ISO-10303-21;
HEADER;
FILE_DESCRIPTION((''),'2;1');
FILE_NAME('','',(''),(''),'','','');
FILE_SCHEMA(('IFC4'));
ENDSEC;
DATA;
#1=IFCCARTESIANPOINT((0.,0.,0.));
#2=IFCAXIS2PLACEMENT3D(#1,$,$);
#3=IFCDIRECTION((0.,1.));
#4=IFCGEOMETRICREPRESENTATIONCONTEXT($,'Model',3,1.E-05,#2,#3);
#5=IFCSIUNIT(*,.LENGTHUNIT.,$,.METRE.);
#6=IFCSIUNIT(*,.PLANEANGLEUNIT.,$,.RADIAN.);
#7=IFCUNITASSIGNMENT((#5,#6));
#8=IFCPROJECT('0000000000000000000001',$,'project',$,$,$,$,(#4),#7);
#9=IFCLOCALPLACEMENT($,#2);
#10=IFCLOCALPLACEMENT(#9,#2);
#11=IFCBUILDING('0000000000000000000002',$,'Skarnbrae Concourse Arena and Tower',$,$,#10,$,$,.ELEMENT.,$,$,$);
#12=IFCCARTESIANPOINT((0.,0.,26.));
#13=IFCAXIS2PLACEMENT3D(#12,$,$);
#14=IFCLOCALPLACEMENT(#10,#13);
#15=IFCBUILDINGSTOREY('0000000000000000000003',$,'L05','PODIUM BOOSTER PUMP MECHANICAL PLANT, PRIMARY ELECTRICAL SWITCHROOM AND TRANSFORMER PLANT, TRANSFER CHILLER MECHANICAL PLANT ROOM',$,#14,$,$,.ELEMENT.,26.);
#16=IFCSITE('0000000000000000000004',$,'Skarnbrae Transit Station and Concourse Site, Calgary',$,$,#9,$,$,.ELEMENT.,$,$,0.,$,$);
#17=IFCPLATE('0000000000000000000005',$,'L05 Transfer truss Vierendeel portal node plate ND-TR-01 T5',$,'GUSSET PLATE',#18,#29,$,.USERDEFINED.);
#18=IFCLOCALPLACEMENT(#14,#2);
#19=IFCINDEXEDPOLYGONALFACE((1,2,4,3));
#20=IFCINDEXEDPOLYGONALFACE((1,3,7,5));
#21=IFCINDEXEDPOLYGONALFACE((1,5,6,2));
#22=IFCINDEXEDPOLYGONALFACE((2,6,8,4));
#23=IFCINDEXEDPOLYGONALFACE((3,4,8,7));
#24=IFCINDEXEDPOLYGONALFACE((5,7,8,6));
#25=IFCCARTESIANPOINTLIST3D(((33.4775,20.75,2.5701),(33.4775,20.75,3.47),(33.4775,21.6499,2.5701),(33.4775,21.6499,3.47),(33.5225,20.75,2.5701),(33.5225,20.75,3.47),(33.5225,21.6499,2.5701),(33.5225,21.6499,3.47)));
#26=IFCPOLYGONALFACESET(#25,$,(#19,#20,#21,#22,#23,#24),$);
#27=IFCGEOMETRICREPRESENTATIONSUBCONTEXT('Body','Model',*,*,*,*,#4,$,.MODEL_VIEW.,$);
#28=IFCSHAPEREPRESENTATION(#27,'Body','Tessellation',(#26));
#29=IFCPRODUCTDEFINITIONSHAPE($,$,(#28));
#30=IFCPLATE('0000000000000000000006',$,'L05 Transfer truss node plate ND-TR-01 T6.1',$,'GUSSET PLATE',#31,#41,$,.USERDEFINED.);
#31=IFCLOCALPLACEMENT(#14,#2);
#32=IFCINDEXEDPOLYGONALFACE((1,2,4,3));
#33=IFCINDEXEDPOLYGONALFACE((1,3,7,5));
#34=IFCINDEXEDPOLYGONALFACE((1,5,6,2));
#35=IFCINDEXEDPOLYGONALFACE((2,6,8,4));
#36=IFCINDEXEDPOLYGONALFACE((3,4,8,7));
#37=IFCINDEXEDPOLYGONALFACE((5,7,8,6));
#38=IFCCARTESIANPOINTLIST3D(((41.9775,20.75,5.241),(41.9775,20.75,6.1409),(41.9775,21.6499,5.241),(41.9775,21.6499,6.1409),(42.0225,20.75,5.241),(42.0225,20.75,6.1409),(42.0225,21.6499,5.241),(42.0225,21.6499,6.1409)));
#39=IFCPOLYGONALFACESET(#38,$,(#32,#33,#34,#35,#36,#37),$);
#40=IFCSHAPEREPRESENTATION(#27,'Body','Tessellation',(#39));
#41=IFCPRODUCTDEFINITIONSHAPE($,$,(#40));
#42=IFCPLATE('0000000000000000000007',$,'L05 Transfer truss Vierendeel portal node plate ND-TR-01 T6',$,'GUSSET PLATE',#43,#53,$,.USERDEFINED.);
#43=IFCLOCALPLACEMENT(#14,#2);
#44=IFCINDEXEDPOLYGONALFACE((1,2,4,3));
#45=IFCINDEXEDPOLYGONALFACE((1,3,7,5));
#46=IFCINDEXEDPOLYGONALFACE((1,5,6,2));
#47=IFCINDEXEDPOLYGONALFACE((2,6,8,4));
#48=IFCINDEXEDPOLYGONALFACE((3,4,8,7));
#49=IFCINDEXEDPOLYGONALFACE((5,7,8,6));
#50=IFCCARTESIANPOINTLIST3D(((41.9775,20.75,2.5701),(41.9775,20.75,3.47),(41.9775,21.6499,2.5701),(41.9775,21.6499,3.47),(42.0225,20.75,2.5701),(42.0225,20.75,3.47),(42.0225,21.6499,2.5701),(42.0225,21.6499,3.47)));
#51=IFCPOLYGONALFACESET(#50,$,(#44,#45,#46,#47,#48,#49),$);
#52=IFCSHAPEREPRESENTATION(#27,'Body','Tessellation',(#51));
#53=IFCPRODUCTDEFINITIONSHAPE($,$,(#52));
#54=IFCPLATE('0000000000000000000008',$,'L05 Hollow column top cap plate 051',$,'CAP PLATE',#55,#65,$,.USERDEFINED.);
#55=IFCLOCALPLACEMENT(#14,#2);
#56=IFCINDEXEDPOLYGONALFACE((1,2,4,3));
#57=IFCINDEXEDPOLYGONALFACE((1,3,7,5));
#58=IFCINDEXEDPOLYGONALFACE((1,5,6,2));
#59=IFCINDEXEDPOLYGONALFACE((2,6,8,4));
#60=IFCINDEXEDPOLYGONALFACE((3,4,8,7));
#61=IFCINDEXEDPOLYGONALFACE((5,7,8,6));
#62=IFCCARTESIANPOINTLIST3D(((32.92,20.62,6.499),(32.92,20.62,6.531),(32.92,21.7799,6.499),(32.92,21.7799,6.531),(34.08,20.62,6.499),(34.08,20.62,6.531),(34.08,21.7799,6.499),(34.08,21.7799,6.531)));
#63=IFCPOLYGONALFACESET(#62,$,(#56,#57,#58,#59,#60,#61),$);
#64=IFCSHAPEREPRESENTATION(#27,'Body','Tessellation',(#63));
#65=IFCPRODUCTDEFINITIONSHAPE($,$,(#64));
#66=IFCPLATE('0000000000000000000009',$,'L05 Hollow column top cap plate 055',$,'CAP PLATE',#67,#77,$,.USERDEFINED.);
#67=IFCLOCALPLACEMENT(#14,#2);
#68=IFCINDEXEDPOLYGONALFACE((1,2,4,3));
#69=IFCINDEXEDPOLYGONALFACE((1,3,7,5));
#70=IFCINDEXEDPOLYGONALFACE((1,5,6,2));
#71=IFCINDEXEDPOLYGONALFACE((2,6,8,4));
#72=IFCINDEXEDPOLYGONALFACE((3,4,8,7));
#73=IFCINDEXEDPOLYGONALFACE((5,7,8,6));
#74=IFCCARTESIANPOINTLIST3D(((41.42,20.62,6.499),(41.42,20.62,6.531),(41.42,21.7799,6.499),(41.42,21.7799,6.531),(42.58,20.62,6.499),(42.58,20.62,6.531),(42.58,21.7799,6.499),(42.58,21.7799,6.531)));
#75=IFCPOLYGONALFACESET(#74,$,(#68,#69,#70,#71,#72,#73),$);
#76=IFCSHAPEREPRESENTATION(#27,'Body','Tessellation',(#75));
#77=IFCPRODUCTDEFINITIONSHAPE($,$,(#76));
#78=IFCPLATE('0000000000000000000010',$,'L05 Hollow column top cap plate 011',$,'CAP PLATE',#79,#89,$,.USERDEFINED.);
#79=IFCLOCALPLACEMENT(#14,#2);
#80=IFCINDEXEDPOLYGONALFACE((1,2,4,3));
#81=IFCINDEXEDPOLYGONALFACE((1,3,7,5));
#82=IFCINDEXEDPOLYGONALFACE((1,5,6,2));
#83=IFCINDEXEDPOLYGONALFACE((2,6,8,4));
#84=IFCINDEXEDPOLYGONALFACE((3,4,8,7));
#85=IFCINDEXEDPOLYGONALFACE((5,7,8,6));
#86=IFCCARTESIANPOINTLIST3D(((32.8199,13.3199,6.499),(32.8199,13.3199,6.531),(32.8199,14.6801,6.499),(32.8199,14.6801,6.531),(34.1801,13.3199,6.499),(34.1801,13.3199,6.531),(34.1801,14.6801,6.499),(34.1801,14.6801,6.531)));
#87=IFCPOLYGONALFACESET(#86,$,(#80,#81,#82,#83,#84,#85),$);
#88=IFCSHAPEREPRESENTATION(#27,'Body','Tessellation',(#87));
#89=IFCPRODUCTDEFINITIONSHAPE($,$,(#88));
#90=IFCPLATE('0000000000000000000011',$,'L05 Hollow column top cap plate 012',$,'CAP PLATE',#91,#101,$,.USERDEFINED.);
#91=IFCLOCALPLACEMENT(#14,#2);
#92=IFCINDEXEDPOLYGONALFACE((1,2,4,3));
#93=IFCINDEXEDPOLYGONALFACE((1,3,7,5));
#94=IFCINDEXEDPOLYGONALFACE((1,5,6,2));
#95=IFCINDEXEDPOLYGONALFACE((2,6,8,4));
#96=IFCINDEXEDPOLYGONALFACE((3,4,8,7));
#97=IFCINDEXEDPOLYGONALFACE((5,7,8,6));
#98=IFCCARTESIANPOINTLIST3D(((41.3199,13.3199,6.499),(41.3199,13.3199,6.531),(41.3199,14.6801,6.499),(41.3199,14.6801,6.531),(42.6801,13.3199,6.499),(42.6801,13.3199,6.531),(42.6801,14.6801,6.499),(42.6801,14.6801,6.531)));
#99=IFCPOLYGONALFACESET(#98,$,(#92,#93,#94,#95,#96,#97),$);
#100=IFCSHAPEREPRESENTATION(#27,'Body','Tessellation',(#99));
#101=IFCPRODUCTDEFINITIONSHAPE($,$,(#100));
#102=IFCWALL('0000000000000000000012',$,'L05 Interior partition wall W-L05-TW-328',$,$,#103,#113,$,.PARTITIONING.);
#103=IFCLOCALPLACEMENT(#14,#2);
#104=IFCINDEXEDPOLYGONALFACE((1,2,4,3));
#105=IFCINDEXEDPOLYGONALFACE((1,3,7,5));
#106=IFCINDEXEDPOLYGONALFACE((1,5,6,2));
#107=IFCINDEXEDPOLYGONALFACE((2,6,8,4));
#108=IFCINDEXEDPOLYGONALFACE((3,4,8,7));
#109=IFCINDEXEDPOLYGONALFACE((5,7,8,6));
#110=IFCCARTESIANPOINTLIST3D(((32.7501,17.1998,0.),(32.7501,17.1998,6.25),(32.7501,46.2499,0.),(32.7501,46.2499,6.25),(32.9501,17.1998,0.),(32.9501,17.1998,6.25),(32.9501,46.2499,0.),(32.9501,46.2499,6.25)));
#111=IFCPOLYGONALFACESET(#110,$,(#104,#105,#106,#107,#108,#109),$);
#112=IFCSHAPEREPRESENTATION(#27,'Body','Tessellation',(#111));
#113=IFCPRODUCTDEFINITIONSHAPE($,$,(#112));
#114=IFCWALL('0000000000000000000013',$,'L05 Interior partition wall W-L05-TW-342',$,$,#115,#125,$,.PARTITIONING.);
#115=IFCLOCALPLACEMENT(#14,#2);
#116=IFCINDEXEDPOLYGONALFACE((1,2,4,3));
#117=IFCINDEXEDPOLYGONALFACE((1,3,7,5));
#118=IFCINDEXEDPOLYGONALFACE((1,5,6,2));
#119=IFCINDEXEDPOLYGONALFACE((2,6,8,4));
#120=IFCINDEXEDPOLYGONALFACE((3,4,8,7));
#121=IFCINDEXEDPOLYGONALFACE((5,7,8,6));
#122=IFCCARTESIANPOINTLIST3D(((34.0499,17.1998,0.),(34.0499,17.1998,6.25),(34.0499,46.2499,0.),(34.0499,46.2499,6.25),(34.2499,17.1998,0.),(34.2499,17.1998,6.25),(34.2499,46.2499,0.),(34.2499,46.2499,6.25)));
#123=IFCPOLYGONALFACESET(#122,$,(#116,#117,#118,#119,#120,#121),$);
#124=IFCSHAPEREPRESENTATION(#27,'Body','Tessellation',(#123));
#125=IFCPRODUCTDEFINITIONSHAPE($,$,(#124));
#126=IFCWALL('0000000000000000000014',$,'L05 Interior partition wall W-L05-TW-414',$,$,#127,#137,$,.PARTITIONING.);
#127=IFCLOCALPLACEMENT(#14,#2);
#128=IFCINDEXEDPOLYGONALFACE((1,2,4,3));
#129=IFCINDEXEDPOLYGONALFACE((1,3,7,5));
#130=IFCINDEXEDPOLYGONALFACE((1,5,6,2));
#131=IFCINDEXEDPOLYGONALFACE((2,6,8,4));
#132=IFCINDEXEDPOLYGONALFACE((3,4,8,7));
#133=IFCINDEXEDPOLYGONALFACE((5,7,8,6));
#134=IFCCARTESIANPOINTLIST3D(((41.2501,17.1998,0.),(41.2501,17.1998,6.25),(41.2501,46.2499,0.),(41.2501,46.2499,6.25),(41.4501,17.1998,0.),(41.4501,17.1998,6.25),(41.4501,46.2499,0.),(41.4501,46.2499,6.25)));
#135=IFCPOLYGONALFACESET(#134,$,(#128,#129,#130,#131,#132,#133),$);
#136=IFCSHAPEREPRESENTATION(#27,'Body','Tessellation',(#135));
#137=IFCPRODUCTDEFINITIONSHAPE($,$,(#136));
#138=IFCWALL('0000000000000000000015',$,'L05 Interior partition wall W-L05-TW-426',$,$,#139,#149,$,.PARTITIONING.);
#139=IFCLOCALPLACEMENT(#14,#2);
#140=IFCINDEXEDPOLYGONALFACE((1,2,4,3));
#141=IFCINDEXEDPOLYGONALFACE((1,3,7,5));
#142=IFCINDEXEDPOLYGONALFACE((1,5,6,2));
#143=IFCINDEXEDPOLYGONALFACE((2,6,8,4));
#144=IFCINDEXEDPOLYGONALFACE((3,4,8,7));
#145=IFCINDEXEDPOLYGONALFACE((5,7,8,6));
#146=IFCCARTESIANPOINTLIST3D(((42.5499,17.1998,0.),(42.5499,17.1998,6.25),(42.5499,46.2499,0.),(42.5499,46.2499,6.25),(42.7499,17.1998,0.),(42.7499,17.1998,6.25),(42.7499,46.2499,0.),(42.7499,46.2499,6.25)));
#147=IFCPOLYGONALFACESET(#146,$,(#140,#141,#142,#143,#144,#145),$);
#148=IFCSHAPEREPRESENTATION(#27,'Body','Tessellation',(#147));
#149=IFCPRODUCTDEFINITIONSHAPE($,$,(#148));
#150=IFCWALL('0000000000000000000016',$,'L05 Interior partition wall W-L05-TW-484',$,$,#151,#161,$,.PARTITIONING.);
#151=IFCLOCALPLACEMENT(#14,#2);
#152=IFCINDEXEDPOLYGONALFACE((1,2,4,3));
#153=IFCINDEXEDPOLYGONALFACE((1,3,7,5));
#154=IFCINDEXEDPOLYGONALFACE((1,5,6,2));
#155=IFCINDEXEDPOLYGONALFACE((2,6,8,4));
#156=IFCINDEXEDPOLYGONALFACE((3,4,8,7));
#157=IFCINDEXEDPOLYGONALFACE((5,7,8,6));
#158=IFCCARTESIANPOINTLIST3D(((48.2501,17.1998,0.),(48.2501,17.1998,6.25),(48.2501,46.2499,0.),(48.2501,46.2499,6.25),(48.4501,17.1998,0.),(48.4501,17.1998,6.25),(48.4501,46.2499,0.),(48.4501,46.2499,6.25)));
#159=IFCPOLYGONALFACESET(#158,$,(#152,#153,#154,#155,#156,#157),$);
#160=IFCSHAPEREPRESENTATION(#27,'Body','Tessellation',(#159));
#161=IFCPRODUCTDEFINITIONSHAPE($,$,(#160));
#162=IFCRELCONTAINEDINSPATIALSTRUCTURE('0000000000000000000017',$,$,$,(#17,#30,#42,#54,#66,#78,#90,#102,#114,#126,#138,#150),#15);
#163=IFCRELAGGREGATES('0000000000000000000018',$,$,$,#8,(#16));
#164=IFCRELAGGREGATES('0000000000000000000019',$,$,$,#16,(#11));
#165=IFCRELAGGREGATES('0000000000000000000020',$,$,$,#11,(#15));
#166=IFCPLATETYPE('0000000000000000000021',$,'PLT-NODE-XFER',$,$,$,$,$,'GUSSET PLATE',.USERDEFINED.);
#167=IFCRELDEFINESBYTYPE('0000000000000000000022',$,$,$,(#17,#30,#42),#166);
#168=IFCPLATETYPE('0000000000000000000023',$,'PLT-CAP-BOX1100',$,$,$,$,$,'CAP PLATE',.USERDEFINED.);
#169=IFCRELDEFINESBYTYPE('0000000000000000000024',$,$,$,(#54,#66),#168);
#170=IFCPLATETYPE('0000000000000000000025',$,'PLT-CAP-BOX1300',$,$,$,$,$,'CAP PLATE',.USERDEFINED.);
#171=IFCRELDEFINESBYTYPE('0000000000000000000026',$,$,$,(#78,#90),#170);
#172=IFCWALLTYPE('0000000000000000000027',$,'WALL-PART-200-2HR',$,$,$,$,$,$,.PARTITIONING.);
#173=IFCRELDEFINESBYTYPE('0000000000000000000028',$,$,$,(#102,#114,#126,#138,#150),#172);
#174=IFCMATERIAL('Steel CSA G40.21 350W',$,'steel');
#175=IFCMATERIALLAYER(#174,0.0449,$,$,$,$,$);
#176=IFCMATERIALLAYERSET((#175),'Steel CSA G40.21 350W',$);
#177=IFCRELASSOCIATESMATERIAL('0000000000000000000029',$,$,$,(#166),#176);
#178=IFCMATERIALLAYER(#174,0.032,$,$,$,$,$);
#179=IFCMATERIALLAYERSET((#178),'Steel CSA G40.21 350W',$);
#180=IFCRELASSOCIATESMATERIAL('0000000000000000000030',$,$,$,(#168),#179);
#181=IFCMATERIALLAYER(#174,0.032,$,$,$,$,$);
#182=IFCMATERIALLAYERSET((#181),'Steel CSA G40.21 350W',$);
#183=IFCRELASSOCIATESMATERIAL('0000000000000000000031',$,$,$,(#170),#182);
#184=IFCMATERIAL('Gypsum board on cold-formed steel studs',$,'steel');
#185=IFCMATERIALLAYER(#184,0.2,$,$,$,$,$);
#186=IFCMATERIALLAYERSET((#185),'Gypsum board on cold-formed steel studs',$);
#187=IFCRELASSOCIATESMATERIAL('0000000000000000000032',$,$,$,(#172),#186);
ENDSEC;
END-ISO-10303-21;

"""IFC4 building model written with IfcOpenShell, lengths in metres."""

from ifc_helpers import new_model, si_unit, direction, frame, frame_2d, origin, origin_2d, place, context, subcontext, project, spatial, rectangle, extrude, source, transform, mapped, material, layer, layer_set, type_object, element, save


model = new_model("IFC4")

# Units and contexts
model_context = context("Model", 3, precision=1e-05, world=origin(), true_north=direction((0.0, 1.0)))
body_context = subcontext(model_context, "Body", "Model", "MODEL_VIEW")
ifc_project = project(units=[si_unit("LENGTHUNIT", "METRE"), si_unit("PLANEANGLEUNIT", "RADIAN")], contexts=[model_context])

# Site, building, storey
site_placement = place(None, origin())
site = spatial("IfcSite", under=ifc_project, at=site_placement, Name="Skarnbrae Transit Station and Concourse Site, Calgary", CompositionType="ELEMENT", RefElevation=0.0)
building_placement = place(site_placement, origin())
building = spatial("IfcBuilding", under=site, at=building_placement, Name="Skarnbrae Concourse Arena and Tower", CompositionType="ELEMENT")
storey_placement = place(building_placement, frame((0.0, 0.0, 26.0)))
storey = spatial("IfcBuildingStorey", under=building, at=storey_placement, Name="L05", Description="PODIUM BOOSTER PUMP MECHANICAL PLANT, PRIMARY ELECTRICAL SWITCHROOM AND TRANSFORMER PLANT, TRANSFER CHILLER MECHANICAL PLANT ROOM", CompositionType="ELEMENT", Elevation=26.0)

# Shared definitions
ifc_material_1 = material(Name="Steel CSA G40.21 350W", Category="steel")

# Plates
ifc_layer_1 = layer(ifc_material_1, 0.0449)
ifc_layer_set_1 = layer_set([ifc_layer_1], Name="Steel CSA G40.21 350W")
plate_type_1 = type_object("IfcPlateType", Name="PLT-NODE-XFER", ElementType="GUSSET PLATE", PredefinedType="USERDEFINED", material=ifc_layer_set_1)
shared_shape_1 = source(origin(), body_context, "Body", "SweptSolid", [
    extrude(rectangle(XDim=0.8999, YDim=0.0449, at=origin_2d()), origin(), (0.0, 0.0, 1.0), 0.8999),
])
for number, where, z_axis, x_axis, name in (
    (1, (33.5, 21.2, 2.5701), (0.0, 0.0, 1.0), (0.0, 1.0, 0.0), "L05 Transfer truss Vierendeel portal node plate ND-TR-01 T5"),
    (2, (42.0, 21.2, 5.241), (0.0, 0.0, 1.0), (0.0, 1.0, 0.0), "L05 Transfer truss node plate ND-TR-01 T6.1"),
    (3, (42.0, 21.2, 2.5701), (0.0, 0.0, 1.0), (0.0, 1.0, 0.0), "L05 Transfer truss Vierendeel portal node plate ND-TR-01 T6"),
):
    element("IfcPlate", number, at=place(storey_placement, frame(where, z_axis=z_axis, x_axis=x_axis)), inside=storey, type_object=plate_type_1, Name=name, ObjectType="GUSSET PLATE", PredefinedType="USERDEFINED", context=body_context, shape_type="MappedRepresentation", body=[
        mapped(shared_shape_1, transform((0.0, 0.0, 0.0))),
    ])
ifc_layer_2 = layer(ifc_material_1, 0.032)
ifc_layer_set_2 = layer_set([ifc_layer_2], Name="Steel CSA G40.21 350W")
plate_type_2 = type_object("IfcPlateType", Name="PLT-CAP-BOX1100", ElementType="CAP PLATE", PredefinedType="USERDEFINED", material=ifc_layer_set_2)
shared_shape_2 = source(origin(), body_context, "Body", "SweptSolid", [
    extrude(rectangle(XDim=1.1599, YDim=1.1599, at=origin_2d()), origin(), (0.0, 0.0, 1.0), 0.032),
])
for number, where, z_axis, x_axis, name in (
    (4, (33.5, 21.2, 6.499), (0.0, 0.0, 1.0), (1.0, 0.0, 0.0), "L05 Hollow column top cap plate 051"),
    (5, (42.0, 21.2, 6.499), (0.0, 0.0, 1.0), (1.0, 0.0, 0.0), "L05 Hollow column top cap plate 055"),
):
    element("IfcPlate", number, at=place(storey_placement, frame(where, z_axis=z_axis, x_axis=x_axis)), inside=storey, type_object=plate_type_2, Name=name, ObjectType="CAP PLATE", PredefinedType="USERDEFINED", context=body_context, shape_type="MappedRepresentation", body=[
        mapped(shared_shape_2, transform((0.0, 0.0, 0.0))),
    ])
ifc_layer_3 = layer(ifc_material_1, 0.032)
ifc_layer_set_3 = layer_set([ifc_layer_3], Name="Steel CSA G40.21 350W")
plate_type_3 = type_object("IfcPlateType", Name="PLT-CAP-BOX1300", ElementType="CAP PLATE", PredefinedType="USERDEFINED", material=ifc_layer_set_3)
shared_shape_3 = source(origin(), body_context, "Body", "SweptSolid", [
    extrude(rectangle(XDim=1.3601, YDim=1.3601, at=origin_2d()), origin(), (0.0, 0.0, 1.0), 0.032),
])
for number, where, z_axis, x_axis, name in (
    (6, (33.5, 14.0, 6.499), (0.0, 0.0, 1.0), (1.0, 0.0, 0.0), "L05 Hollow column top cap plate 011"),
    (7, (42.0, 14.0, 6.499), (0.0, 0.0, 1.0), (1.0, 0.0, 0.0), "L05 Hollow column top cap plate 012"),
):
    element("IfcPlate", number, at=place(storey_placement, frame(where, z_axis=z_axis, x_axis=x_axis)), inside=storey, type_object=plate_type_3, Name=name, ObjectType="CAP PLATE", PredefinedType="USERDEFINED", context=body_context, shape_type="MappedRepresentation", body=[
        mapped(shared_shape_3, transform((0.0, 0.0, 0.0))),
    ])

# Walls
ifc_material_2 = material(Name="Gypsum board on cold-formed steel studs", Category="steel")
ifc_layer_4 = layer(ifc_material_2, 0.2)
ifc_layer_set_4 = layer_set([ifc_layer_4], Name="Gypsum board on cold-formed steel studs")
wall_type = type_object("IfcWallType", Name="WALL-PART-200-2HR", PredefinedType="PARTITIONING", material=ifc_layer_set_4)
shared_shape_4 = source(origin(), body_context, "Body", "SweptSolid", [
    extrude(rectangle(XDim=29.05, YDim=0.2, at=frame_2d((14.5249, 0.0))), origin(), (0.0, 0.0, 1.0), 6.25),
])
for number, where, z_axis, x_axis, name in (
    (8, (32.8501, 17.2, 0.0), (0.0, 0.0, 1.0), (0.0, 1.0, 0.0), "L05 Interior partition wall W-L05-TW-328"),
    (9, (34.1499, 17.2, 0.0), (0.0, 0.0, 1.0), (0.0, 1.0, 0.0), "L05 Interior partition wall W-L05-TW-342"),
    (10, (41.3501, 17.2, 0.0), (0.0, 0.0, 1.0), (0.0, 1.0, 0.0), "L05 Interior partition wall W-L05-TW-414"),
    (11, (42.6499, 17.2, 0.0), (0.0, 0.0, 1.0), (0.0, 1.0, 0.0), "L05 Interior partition wall W-L05-TW-426"),
    (12, (48.3501, 17.2, 0.0), (0.0, 0.0, 1.0), (0.0, 1.0, 0.0), "L05 Interior partition wall W-L05-TW-484"),
):
    element("IfcWall", number, at=place(storey_placement, frame(where, z_axis=z_axis, x_axis=x_axis)), inside=storey, type_object=wall_type, Name=name, PredefinedType="PARTITIONING", context=body_context, shape_type="MappedRepresentation", body=[
        mapped(shared_shape_4, transform((0.0, 0.0, 0.0))),
    ])

save(model, "model.ifc")
